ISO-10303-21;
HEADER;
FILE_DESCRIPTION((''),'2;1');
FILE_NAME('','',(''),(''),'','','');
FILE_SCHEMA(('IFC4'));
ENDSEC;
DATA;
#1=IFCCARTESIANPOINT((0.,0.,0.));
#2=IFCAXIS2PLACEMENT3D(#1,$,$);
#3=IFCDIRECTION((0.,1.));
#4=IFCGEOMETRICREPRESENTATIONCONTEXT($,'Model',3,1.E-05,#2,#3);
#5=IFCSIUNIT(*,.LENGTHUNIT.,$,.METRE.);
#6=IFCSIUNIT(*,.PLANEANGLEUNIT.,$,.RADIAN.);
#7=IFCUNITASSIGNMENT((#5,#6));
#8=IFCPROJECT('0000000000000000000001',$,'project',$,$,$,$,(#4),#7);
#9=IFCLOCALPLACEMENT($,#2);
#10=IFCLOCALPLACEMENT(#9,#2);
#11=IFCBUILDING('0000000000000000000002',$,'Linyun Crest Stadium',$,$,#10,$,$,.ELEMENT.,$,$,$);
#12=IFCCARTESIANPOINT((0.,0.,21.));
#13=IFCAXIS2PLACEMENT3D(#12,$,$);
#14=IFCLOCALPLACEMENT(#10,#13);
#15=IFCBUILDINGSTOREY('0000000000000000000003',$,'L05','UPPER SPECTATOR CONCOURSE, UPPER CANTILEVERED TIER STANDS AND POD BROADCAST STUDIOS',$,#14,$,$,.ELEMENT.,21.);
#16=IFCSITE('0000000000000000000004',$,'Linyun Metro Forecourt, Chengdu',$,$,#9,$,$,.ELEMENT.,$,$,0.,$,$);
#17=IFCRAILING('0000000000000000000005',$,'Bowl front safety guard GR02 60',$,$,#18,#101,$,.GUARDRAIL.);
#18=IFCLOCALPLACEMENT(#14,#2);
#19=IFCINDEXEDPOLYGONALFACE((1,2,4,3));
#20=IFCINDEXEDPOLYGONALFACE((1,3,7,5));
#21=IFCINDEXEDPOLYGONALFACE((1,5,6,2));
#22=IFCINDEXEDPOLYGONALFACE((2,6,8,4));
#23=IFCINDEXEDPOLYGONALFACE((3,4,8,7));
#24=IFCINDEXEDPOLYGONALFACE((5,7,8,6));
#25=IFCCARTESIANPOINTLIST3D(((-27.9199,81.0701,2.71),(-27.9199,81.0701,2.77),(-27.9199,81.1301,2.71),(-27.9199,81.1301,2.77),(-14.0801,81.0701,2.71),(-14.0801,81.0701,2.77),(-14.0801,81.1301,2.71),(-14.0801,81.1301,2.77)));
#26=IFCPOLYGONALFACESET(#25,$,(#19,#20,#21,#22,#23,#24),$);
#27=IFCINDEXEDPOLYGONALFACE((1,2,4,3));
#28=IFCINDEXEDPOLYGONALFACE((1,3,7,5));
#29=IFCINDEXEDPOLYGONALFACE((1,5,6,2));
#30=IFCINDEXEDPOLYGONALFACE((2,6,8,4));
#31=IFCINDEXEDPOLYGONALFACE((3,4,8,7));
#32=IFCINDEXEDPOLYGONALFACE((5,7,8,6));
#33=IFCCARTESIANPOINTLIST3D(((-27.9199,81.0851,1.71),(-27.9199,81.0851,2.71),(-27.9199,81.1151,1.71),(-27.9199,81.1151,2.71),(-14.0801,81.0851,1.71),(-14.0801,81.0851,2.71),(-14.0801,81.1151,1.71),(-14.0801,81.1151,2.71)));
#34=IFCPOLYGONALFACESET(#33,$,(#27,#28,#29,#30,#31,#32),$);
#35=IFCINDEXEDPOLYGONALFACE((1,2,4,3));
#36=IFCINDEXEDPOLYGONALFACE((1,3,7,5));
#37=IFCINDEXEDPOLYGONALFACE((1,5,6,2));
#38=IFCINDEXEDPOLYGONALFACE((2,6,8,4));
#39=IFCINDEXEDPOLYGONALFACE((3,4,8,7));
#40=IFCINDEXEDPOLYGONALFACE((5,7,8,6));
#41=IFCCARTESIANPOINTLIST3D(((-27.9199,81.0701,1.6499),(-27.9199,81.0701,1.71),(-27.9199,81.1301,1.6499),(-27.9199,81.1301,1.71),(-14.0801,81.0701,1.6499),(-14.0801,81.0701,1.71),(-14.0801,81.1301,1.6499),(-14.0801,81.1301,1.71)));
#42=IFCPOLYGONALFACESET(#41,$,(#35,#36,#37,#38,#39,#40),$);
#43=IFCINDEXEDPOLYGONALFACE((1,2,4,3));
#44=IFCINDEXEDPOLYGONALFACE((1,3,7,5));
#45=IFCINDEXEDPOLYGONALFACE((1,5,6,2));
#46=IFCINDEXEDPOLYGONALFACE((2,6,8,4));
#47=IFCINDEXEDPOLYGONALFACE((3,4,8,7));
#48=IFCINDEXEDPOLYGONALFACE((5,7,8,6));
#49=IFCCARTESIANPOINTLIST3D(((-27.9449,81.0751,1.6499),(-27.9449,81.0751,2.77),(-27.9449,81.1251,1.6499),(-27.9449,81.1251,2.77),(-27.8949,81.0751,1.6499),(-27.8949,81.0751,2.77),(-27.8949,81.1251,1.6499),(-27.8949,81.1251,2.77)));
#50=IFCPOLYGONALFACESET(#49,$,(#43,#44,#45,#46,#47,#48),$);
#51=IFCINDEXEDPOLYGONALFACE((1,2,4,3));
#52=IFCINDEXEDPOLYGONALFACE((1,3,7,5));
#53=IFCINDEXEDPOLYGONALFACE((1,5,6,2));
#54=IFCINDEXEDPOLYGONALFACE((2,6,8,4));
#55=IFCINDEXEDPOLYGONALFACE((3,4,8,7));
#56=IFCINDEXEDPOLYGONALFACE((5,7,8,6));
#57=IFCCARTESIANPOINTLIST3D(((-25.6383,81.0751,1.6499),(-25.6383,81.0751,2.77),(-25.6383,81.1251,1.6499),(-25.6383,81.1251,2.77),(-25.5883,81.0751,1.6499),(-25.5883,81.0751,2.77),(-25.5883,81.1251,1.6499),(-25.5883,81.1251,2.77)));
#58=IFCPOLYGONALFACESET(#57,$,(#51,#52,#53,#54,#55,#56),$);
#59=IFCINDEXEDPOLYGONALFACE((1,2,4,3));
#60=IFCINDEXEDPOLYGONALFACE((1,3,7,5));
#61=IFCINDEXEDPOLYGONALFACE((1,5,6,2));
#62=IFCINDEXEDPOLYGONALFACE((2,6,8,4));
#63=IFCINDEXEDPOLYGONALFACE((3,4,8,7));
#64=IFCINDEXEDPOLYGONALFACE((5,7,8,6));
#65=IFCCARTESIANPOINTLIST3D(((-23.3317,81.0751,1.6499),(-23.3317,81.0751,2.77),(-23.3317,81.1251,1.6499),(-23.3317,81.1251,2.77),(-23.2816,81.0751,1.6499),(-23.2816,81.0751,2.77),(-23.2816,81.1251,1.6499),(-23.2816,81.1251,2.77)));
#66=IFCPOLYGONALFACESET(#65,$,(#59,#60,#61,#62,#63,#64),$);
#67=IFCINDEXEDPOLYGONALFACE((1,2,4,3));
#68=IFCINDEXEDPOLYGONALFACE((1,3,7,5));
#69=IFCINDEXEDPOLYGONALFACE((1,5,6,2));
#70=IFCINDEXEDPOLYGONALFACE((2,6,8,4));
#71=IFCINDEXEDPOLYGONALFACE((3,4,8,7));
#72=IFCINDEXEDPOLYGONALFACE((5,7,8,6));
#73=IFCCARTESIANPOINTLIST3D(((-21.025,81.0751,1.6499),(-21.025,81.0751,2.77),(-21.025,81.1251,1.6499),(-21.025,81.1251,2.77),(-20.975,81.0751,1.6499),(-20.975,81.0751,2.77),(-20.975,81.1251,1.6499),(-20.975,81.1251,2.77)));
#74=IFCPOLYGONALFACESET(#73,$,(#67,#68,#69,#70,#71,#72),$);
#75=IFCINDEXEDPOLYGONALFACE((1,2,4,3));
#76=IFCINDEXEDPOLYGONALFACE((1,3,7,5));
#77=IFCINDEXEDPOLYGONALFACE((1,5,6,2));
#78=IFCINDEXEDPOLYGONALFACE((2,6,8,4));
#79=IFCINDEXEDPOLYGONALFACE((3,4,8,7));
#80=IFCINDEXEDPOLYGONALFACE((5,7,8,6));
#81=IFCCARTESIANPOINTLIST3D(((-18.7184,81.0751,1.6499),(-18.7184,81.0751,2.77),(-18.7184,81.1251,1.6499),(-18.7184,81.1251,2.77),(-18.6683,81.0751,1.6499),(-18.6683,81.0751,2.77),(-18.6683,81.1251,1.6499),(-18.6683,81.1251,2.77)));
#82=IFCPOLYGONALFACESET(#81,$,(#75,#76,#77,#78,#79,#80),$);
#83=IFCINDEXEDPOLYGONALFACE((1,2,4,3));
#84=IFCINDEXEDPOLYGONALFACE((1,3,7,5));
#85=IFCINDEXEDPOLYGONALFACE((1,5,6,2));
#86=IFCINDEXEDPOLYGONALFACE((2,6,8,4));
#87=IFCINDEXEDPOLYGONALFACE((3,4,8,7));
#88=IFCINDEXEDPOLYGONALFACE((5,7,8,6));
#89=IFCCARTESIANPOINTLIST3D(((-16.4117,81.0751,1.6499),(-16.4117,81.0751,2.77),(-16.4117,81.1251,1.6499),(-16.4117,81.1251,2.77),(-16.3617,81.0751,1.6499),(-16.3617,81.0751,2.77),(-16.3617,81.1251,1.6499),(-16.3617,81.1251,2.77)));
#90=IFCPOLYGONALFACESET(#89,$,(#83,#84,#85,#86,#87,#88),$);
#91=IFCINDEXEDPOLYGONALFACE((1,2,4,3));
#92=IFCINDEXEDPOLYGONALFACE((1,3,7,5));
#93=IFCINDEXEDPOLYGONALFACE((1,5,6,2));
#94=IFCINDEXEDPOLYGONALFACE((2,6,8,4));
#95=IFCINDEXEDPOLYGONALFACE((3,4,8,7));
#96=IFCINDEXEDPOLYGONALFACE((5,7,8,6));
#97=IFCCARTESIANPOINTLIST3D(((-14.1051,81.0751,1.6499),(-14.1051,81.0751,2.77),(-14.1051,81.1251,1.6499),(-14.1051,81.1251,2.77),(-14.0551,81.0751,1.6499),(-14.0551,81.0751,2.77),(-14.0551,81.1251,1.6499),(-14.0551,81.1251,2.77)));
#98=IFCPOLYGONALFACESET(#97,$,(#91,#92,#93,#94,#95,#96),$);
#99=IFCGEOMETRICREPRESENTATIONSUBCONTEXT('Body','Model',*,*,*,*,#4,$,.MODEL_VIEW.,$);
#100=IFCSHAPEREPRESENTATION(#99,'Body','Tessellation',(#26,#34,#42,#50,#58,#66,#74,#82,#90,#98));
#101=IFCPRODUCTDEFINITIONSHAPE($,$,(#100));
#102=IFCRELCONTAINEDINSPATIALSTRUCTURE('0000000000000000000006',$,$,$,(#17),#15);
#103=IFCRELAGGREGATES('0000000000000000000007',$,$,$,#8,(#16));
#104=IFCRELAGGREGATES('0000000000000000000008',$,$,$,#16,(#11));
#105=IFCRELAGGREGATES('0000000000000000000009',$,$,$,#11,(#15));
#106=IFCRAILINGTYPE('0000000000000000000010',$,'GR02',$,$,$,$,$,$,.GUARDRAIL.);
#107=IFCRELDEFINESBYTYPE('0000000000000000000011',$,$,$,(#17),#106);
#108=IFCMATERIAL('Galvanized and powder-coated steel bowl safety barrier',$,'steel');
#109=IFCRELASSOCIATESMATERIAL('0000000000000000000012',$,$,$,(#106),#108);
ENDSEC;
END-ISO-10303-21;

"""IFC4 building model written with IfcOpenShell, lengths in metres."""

from ifc_helpers import new_model, si_unit, direction, frame, origin, origin_2d, place, context, subcontext, project, spatial, rectangle, extrude, material, type_object, element, save


model = new_model("IFC4")

# Units and contexts
model_context = context("Model", 3, precision=1e-05, world=origin(), true_north=direction((0.0, 1.0)))
body_context = subcontext(model_context, "Body", "Model", "MODEL_VIEW")
ifc_project = project(units=[si_unit("LENGTHUNIT", "METRE"), si_unit("PLANEANGLEUNIT", "RADIAN")], contexts=[model_context])

# Site, building, storey
site_placement = place(None, origin())
site = spatial("IfcSite", under=ifc_project, at=site_placement, Name="Linyun Metro Forecourt, Chengdu", CompositionType="ELEMENT", RefElevation=0.0)
building_placement = place(site_placement, origin())
building = spatial("IfcBuilding", under=site, at=building_placement, Name="Linyun Crest Stadium", CompositionType="ELEMENT")
storey_placement = place(building_placement, frame((0.0, 0.0, 21.0)))
storey = spatial("IfcBuildingStorey", under=building, at=storey_placement, Name="L05", Description="UPPER SPECTATOR CONCOURSE, UPPER CANTILEVERED TIER STANDS AND POD BROADCAST STUDIOS", CompositionType="ELEMENT", Elevation=21.0)

# Railing
ifc_material_1 = material(Name="Galvanized and powder-coated steel bowl safety barrier", Category="steel")
railing_type = type_object("IfcRailingType", Name="GR02", PredefinedType="GUARDRAIL", material=ifc_material_1)
railing_1_placement = place(storey_placement, frame((-27.9199, 81.1001, 1.6499)))
element("IfcRailing", 1, at=railing_1_placement, inside=storey, type_object=railing_type, Name="Bowl front safety guard GR02 60", PredefinedType="GUARDRAIL", context=body_context, shape_type="SweptSolid", body=[
    extrude(rectangle(XDim=0.0601, YDim=0.0601, at=origin_2d()), frame((0.0, 0.0, 1.0901), z_axis=(1.0, 0.0, 0.0), x_axis=(0.0, 1.0, 0.0)), (0.0, 0.0, 1.0), 13.8398),
    extrude(rectangle(XDim=0.03, YDim=1.0, at=origin_2d()), frame((0.0, 0.0, 0.5601), z_axis=(1.0, 0.0, 0.0), x_axis=(0.0, 1.0, 0.0)), (0.0, 0.0, 1.0), 13.8398),
    extrude(rectangle(XDim=0.0601, YDim=0.0601, at=origin_2d()), frame((0.0, 0.0, 0.03), z_axis=(1.0, 0.0, 0.0), x_axis=(0.0, 1.0, 0.0)), (0.0, 0.0, 1.0), 13.8398),
    extrude(rectangle(XDim=0.05, YDim=0.05, at=origin_2d()), origin(), (0.0, 0.0, 1.0), 1.1201),
    extrude(rectangle(XDim=0.05, YDim=0.05, at=origin_2d()), frame((2.3066, 0.0, 0.0)), (0.0, 0.0, 1.0), 1.1201),
    extrude(rectangle(XDim=0.05, YDim=0.05, at=origin_2d()), frame((4.6133, 0.0, 0.0)), (0.0, 0.0, 1.0), 1.1201),
    extrude(rectangle(XDim=0.05, YDim=0.05, at=origin_2d()), frame((6.9199, 0.0, 0.0)), (0.0, 0.0, 1.0), 1.1201),
    extrude(rectangle(XDim=0.05, YDim=0.05, at=origin_2d()), frame((9.2266, 0.0, 0.0)), (0.0, 0.0, 1.0), 1.1201),
    extrude(rectangle(XDim=0.05, YDim=0.05, at=origin_2d()), frame((11.5332, 0.0, 0.0)), (0.0, 0.0, 1.0), 1.1201),
    extrude(rectangle(XDim=0.05, YDim=0.05, at=origin_2d()), frame((13.8398, 0.0, 0.0)), (0.0, 0.0, 1.0), 1.1201),
])

save(model, "model.ifc")
